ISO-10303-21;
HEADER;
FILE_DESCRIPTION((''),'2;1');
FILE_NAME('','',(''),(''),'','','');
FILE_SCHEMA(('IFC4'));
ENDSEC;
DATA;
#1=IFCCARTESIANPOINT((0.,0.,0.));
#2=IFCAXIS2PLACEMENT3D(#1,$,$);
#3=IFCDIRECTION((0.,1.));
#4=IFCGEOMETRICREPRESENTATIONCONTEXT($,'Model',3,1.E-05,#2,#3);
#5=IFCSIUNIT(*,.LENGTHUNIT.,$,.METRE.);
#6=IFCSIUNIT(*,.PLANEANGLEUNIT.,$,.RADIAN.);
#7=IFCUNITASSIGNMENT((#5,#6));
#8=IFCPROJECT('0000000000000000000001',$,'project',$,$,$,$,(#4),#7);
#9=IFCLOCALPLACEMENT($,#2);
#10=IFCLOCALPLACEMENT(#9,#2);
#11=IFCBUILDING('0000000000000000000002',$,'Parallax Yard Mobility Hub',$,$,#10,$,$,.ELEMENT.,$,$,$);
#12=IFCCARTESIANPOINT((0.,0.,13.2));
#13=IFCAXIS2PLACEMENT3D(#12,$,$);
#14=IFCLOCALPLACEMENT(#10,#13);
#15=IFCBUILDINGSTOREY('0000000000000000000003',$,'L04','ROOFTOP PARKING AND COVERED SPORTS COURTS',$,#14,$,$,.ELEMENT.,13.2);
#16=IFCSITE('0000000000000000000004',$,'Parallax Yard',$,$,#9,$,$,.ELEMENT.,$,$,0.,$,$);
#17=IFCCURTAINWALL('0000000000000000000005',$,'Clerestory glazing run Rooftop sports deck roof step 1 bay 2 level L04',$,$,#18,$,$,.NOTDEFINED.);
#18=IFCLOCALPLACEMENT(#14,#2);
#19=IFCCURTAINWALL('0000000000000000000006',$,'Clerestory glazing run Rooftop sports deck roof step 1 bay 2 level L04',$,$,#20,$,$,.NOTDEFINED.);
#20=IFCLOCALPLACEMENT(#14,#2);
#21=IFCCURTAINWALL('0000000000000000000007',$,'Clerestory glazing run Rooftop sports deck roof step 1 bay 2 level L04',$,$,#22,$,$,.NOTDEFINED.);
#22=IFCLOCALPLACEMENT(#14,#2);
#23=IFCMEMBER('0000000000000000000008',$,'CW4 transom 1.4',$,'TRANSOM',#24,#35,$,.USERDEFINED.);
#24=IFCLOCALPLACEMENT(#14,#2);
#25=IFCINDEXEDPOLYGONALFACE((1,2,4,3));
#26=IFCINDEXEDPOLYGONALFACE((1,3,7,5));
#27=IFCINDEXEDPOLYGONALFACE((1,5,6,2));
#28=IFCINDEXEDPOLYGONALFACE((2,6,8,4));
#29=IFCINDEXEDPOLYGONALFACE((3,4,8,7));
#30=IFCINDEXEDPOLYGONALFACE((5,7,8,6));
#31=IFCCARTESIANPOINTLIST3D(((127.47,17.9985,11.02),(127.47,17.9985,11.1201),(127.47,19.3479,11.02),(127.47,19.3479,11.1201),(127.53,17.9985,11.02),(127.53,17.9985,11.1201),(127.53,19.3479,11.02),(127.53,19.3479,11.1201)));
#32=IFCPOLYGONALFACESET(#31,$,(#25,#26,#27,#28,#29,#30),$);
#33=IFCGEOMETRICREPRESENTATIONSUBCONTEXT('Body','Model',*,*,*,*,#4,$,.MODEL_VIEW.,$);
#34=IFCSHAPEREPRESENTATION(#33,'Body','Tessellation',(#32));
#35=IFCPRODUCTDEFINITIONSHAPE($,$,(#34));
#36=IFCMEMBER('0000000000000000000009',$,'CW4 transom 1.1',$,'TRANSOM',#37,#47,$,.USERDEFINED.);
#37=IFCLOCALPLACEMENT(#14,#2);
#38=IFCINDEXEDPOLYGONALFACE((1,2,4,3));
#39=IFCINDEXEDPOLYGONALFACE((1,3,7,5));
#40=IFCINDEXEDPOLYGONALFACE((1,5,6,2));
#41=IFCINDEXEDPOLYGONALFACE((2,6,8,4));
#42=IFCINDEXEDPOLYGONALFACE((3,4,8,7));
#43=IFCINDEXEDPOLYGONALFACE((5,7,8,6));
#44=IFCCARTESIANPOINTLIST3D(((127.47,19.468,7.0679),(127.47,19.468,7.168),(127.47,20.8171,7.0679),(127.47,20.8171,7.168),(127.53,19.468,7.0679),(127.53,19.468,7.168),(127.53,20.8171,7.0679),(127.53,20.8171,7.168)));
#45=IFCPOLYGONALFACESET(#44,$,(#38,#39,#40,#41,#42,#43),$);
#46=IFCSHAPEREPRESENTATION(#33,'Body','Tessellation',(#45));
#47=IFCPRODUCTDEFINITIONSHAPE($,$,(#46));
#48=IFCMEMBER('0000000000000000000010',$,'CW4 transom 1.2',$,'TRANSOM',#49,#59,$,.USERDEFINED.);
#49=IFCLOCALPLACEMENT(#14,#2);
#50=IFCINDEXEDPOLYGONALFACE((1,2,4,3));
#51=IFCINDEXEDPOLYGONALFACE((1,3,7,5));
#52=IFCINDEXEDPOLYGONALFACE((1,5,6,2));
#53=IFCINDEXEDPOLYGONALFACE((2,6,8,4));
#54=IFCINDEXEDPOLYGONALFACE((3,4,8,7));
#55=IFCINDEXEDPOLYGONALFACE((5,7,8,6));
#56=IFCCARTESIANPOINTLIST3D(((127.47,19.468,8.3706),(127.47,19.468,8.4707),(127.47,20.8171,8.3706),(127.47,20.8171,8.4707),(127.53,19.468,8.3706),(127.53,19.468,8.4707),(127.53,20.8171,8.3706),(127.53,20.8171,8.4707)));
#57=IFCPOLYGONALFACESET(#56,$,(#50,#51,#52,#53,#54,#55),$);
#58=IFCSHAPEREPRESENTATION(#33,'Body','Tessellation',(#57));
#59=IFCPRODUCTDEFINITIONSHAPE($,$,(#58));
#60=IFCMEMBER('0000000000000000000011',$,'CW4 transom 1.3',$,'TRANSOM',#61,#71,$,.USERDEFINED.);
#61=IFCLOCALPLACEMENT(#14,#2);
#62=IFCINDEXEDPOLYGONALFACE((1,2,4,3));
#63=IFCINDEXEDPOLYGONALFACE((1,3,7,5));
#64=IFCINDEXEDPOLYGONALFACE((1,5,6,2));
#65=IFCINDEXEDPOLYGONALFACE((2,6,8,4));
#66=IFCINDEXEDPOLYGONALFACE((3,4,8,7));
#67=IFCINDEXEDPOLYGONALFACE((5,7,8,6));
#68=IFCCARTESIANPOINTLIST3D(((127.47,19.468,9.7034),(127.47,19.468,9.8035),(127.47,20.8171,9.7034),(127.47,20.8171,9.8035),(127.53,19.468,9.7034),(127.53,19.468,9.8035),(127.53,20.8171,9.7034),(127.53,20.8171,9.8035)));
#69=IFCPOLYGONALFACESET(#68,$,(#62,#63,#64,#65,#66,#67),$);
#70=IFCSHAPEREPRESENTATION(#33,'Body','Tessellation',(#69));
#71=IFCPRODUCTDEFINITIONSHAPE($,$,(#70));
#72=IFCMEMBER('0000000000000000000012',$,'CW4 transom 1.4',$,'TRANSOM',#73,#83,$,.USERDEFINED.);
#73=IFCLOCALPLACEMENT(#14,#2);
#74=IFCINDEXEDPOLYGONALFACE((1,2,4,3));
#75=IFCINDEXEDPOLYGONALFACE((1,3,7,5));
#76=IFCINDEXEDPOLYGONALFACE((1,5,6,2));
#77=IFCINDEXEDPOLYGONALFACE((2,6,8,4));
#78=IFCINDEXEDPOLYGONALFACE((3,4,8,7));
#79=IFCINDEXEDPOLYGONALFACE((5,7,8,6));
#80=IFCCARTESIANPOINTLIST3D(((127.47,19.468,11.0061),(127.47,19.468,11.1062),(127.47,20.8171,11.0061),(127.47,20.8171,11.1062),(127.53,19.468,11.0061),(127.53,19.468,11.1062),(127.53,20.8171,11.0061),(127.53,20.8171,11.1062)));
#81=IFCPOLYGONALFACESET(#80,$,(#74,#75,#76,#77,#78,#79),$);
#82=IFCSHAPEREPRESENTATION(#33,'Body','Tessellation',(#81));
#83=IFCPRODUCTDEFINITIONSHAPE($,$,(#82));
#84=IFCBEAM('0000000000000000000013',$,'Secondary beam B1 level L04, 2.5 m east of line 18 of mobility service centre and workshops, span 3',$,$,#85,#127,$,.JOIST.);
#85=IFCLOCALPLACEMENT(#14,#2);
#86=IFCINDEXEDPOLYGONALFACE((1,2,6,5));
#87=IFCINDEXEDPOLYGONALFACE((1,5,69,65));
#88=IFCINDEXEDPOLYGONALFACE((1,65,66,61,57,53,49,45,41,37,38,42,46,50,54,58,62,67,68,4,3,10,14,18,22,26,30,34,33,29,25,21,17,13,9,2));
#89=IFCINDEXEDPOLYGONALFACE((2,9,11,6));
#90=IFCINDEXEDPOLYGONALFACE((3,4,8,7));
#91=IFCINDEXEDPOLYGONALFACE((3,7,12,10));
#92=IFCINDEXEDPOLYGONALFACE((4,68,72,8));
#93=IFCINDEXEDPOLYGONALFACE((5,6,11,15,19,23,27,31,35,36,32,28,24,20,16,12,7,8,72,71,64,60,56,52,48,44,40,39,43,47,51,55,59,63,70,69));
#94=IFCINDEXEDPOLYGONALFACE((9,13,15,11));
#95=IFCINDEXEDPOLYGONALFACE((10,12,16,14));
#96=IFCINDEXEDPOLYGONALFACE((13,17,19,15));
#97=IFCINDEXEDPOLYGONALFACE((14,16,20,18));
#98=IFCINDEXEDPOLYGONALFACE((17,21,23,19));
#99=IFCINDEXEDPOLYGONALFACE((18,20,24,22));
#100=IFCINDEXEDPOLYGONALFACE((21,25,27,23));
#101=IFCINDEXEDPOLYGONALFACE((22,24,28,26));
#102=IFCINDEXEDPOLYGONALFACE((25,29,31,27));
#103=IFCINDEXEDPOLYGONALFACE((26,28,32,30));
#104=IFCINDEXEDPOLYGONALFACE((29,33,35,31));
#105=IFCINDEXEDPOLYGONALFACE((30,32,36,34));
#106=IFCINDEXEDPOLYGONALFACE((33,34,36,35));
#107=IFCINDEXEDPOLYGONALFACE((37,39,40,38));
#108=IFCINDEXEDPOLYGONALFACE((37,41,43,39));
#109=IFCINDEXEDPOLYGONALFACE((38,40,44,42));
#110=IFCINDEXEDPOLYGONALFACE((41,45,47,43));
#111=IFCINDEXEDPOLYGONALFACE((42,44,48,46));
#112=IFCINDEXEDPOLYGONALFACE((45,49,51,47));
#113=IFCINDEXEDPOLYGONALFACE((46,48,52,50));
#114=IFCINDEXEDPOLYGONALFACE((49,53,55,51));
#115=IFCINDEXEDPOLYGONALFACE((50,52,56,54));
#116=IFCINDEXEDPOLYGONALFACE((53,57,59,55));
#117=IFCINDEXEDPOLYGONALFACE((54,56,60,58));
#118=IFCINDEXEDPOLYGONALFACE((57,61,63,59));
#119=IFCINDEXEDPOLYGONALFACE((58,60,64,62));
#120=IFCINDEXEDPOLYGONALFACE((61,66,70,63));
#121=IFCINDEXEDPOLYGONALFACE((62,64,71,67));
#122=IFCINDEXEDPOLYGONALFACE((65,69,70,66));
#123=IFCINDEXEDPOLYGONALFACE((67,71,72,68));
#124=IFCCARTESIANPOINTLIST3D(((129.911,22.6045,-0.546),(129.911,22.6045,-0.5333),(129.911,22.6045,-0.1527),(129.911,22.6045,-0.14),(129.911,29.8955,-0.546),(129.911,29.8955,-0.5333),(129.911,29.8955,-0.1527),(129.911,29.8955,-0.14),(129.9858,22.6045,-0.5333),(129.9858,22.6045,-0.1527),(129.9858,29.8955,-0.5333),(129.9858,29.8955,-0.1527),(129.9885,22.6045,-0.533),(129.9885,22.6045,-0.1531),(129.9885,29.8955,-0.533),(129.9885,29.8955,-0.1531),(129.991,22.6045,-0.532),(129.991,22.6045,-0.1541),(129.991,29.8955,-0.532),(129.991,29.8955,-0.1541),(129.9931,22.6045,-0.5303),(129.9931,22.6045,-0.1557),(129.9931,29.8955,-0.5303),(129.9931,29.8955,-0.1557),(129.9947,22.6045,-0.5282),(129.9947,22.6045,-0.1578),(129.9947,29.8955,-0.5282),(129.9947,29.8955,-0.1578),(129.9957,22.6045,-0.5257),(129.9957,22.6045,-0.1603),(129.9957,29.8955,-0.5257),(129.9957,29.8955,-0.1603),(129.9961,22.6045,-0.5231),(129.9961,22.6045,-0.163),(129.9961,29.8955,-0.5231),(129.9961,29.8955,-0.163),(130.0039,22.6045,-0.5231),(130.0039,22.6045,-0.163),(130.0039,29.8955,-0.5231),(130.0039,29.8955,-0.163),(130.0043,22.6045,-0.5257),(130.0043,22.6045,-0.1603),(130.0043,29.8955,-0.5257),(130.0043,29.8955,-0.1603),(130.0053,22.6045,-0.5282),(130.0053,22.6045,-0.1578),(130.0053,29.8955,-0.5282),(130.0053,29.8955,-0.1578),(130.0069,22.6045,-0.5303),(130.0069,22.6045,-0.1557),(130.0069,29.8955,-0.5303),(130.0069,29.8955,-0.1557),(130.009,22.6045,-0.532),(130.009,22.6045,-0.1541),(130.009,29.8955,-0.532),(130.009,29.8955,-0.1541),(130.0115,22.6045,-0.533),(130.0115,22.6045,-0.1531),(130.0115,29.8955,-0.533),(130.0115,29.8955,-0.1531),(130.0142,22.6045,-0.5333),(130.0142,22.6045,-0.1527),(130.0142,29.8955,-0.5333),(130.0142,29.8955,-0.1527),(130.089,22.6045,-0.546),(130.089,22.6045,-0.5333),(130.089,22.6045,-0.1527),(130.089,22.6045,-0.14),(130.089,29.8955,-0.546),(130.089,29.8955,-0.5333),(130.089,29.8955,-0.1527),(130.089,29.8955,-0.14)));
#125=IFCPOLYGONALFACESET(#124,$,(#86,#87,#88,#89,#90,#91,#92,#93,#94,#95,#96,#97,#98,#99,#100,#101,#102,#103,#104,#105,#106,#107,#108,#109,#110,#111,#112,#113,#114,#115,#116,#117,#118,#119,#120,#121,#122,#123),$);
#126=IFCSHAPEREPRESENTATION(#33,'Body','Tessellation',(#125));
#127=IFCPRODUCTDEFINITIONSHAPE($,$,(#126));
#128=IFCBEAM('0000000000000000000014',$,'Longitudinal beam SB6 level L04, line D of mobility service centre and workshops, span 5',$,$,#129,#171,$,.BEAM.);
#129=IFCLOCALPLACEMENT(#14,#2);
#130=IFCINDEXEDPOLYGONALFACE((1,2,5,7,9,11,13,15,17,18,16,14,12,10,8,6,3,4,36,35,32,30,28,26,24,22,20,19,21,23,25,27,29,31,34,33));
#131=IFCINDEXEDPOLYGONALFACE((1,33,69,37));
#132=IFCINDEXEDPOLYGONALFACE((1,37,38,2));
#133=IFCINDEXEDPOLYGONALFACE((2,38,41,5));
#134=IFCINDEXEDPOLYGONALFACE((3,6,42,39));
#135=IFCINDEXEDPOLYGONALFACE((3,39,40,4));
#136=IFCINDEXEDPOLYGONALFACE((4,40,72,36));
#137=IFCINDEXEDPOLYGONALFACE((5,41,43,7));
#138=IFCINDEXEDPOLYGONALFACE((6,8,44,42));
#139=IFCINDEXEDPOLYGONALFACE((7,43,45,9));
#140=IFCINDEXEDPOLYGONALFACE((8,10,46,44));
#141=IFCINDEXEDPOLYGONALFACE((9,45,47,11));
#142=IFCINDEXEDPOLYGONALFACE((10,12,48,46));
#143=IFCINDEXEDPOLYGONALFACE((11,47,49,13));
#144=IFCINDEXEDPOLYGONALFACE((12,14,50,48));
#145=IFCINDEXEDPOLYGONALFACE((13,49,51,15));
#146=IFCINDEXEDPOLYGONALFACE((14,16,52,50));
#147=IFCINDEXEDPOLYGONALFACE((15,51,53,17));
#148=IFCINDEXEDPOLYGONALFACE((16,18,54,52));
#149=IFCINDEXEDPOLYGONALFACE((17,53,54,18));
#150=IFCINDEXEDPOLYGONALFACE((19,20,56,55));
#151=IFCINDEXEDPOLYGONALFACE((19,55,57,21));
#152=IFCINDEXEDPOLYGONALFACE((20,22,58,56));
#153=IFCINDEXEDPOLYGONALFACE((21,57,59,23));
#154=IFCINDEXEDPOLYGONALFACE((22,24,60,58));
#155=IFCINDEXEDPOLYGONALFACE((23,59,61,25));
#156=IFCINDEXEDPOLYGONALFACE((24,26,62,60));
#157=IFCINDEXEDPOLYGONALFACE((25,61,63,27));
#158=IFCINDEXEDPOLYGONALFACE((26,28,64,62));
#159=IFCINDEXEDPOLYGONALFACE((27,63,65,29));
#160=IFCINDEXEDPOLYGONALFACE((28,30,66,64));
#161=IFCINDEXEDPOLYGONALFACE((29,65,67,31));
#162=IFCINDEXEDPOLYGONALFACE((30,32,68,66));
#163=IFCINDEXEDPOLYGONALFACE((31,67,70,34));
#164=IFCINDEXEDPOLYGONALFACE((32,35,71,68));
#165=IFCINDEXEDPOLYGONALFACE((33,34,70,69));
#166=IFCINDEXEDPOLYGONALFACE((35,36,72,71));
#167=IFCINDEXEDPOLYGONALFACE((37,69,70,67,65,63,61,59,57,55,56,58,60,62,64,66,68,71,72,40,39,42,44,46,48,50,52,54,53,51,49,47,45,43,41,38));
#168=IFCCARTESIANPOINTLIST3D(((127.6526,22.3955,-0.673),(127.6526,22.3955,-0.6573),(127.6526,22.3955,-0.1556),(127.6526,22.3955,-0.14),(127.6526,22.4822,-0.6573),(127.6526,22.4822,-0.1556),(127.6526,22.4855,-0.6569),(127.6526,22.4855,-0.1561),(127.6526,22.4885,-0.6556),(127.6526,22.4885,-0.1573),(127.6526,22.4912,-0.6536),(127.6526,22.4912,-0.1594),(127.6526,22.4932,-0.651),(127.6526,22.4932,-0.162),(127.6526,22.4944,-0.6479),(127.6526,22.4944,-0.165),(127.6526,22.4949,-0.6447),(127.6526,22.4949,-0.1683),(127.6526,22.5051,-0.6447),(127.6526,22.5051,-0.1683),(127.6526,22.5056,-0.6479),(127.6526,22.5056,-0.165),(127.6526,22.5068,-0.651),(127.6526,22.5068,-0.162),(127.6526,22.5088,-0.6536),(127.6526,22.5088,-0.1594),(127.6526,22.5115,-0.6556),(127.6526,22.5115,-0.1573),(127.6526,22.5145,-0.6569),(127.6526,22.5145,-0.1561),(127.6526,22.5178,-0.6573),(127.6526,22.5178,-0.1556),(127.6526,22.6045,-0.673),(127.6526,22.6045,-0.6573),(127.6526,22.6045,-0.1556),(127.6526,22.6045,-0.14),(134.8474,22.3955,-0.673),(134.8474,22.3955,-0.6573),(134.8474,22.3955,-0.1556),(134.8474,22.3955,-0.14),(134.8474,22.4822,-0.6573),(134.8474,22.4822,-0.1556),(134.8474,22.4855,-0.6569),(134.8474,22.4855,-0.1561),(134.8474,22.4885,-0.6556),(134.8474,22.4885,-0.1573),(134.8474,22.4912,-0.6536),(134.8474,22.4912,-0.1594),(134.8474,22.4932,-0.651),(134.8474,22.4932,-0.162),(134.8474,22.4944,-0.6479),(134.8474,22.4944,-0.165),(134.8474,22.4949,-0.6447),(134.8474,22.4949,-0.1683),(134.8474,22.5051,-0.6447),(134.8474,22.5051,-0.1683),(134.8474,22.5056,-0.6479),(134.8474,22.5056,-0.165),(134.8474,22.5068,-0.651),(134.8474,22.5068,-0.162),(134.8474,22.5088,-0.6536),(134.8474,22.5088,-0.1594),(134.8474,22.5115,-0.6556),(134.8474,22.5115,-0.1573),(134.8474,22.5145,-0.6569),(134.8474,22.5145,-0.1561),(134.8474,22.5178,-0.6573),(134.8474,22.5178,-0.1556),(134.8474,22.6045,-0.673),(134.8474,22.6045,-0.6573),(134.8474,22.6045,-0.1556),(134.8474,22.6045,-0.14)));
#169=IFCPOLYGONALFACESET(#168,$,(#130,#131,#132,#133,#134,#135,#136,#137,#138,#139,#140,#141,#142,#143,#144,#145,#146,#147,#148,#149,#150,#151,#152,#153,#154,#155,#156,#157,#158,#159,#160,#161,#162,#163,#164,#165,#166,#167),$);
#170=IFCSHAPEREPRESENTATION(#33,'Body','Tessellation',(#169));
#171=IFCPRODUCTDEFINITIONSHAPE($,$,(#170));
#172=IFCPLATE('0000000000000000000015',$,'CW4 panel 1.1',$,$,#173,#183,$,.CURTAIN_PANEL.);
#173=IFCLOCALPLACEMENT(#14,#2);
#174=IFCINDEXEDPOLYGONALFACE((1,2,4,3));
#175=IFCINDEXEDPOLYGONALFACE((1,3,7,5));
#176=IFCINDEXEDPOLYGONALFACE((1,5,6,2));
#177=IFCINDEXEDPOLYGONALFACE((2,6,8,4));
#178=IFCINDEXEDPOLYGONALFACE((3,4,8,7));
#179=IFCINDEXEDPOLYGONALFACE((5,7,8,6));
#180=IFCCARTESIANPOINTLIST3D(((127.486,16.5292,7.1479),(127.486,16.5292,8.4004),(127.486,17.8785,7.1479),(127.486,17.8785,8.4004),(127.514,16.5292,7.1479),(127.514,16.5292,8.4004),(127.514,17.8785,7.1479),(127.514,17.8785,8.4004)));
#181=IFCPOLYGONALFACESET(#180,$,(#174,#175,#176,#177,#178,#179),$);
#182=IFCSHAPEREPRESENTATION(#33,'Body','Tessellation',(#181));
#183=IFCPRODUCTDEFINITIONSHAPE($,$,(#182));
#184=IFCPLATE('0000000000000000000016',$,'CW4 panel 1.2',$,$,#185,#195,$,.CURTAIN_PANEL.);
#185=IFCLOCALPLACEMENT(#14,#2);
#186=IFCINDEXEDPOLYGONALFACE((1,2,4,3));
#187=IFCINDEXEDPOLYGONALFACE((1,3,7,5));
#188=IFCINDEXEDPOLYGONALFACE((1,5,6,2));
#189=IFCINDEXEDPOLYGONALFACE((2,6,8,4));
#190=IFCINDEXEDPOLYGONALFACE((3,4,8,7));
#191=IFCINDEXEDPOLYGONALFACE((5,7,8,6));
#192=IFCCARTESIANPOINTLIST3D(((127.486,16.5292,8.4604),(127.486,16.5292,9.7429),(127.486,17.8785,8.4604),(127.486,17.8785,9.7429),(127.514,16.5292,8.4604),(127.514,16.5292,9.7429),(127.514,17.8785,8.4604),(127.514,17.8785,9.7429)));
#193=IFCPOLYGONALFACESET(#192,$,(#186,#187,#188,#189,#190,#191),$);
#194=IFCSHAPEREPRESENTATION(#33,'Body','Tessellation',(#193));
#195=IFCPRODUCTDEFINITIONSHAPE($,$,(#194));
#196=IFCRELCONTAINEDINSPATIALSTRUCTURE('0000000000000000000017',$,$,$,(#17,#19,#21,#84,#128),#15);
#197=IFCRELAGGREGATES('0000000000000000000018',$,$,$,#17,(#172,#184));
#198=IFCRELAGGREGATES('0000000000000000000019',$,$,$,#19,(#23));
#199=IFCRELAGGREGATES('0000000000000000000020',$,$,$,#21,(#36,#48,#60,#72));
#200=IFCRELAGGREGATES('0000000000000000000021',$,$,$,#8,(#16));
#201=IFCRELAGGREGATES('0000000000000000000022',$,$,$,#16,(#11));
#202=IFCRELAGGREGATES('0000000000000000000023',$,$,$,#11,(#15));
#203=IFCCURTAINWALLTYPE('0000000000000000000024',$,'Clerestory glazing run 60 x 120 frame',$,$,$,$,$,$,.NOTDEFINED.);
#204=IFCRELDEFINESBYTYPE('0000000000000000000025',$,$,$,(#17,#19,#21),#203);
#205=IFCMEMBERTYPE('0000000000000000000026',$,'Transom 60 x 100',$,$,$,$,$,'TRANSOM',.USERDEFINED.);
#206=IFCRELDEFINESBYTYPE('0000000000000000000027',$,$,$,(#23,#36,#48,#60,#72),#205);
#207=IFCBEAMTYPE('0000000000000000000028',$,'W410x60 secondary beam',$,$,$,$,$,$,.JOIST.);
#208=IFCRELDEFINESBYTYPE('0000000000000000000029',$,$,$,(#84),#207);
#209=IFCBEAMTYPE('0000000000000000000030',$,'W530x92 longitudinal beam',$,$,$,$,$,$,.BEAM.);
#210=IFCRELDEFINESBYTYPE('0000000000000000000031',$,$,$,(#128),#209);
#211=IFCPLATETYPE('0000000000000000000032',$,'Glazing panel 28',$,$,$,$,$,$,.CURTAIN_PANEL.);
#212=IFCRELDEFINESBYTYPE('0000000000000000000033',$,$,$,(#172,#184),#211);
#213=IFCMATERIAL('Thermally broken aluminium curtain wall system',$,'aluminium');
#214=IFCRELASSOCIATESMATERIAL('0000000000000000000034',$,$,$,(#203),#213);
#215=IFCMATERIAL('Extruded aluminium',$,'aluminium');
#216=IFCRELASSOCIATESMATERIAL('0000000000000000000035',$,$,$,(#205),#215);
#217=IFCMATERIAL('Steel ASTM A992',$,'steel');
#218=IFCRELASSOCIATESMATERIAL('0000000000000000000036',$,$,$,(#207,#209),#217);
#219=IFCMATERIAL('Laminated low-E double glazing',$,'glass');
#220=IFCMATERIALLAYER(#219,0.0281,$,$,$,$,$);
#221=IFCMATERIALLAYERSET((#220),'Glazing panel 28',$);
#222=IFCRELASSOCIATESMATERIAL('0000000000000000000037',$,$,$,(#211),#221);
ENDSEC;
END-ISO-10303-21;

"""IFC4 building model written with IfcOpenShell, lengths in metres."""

from ifc_helpers import new_model, si_unit, direction, frame, origin, origin_2d, place, context, subcontext, project, spatial, rectangle, i_section, extrude, material, layer, layer_set, material_profile, profile_set, type_object, element, aggregate, save


model = new_model("IFC4")

# Units and contexts
model_context = context("Model", 3, precision=1e-05, world=origin(), true_north=direction((0.0, 1.0)))
body_context = subcontext(model_context, "Body", "Model", "MODEL_VIEW")
ifc_project = project(units=[si_unit("LENGTHUNIT", "METRE"), si_unit("PLANEANGLEUNIT", "RADIAN")], contexts=[model_context])

# Site, building, storey
site_placement = place(None, origin())
site = spatial("IfcSite", under=ifc_project, at=site_placement, Name="Parallax Yard", CompositionType="ELEMENT", RefElevation=0.0)
building_placement = place(site_placement, origin())
building = spatial("IfcBuilding", under=site, at=building_placement, Name="Parallax Yard Mobility Hub", CompositionType="ELEMENT")
storey_placement = place(building_placement, frame((0.0, 0.0, 13.2)))
storey = spatial("IfcBuildingStorey", under=building, at=storey_placement, Name="L04", Description="ROOFTOP PARKING AND COVERED SPORTS COURTS", CompositionType="ELEMENT", Elevation=13.2)

# Curtain walls
ifc_material_1 = material(Name="Thermally broken aluminium curtain wall system", Category="aluminium")
curtain_wall_type = type_object("IfcCurtainWallType", Name="Clerestory glazing run 60 x 120 frame", PredefinedType="NOTDEFINED", material=ifc_material_1)
curtain_wall_1_placement = place(storey_placement, origin())
curtain_wall_1 = element("IfcCurtainWall", 1, at=curtain_wall_1_placement, inside=storey, type_object=curtain_wall_type, Name="Clerestory glazing run Rooftop sports deck roof step 1 bay 2 level L04", PredefinedType="NOTDEFINED")
ifc_material_2 = material(Name="Extruded aluminium", Category="aluminium")
curtain_wall_2_placement = place(storey_placement, origin())
curtain_wall_2 = element("IfcCurtainWall", 2, at=curtain_wall_2_placement, inside=storey, type_object=curtain_wall_type, Name="Clerestory glazing run Rooftop sports deck roof step 1 bay 2 level L04", PredefinedType="NOTDEFINED")
curtain_wall_3_placement = place(storey_placement, origin())
curtain_wall_3 = element("IfcCurtainWall", 3, at=curtain_wall_3_placement, inside=storey, type_object=curtain_wall_type, Name="Clerestory glazing run Rooftop sports deck roof step 1 bay 2 level L04", PredefinedType="NOTDEFINED")

# Members
ifc_material_3 = material(Name="Steel ASTM A992", Category="steel")
ifc_material_profile_1 = material_profile(ifc_material_2, rectangle(XDim=0.0601, YDim=0.1001, at=origin_2d()), Name="Transom 60 x 100")
ifc_profile_set_1 = profile_set([ifc_material_profile_1], Name="Extruded aluminium")
member_type_1 = type_object("IfcMemberType", Name="Transom 60 x 100", ElementType="TRANSOM", PredefinedType="USERDEFINED", material=ifc_profile_set_1)
member_1_placement = place(storey_placement, frame((127.5, 17.9985, 11.0701), z_axis=(0.0, 1.0, 0.0), x_axis=(-1.0, 0.0, 0.0)))
member_1 = element("IfcMember", 4, at=member_1_placement, type_object=member_type_1, Name="CW4 transom 1.4", ObjectType="TRANSOM", PredefinedType="USERDEFINED", context=body_context, shape_type="SweptSolid", body=[
    extrude(rectangle(XDim=0.0601, YDim=0.1001, at=origin_2d()), origin(), (0.0, 0.0, 1.0), 1.3494),
])
member_2_placement = place(storey_placement, frame((127.5, 19.468, 7.1179), z_axis=(0.0, 1.0, 0.0), x_axis=(-1.0, 0.0, 0.0)))
member_2 = element("IfcMember", 5, at=member_2_placement, type_object=member_type_1, Name="CW4 transom 1.1", ObjectType="TRANSOM", PredefinedType="USERDEFINED", context=body_context, shape_type="SweptSolid", body=[
    extrude(rectangle(XDim=0.0601, YDim=0.1001, at=origin_2d()), origin(), (0.0, 0.0, 1.0), 1.3491),
])
member_3_placement = place(storey_placement, frame((127.5, 19.468, 8.4207), z_axis=(0.0, 1.0, 0.0), x_axis=(-1.0, 0.0, 0.0)))
member_3 = element("IfcMember", 6, at=member_3_placement, type_object=member_type_1, Name="CW4 transom 1.2", ObjectType="TRANSOM", PredefinedType="USERDEFINED", context=body_context, shape_type="SweptSolid", body=[
    extrude(rectangle(XDim=0.0601, YDim=0.1001, at=origin_2d()), origin(), (0.0, 0.0, 1.0), 1.3491),
])
member_4_placement = place(storey_placement, frame((127.5, 19.468, 9.7534), z_axis=(0.0, 1.0, 0.0), x_axis=(-1.0, 0.0, 0.0)))
member_4 = element("IfcMember", 7, at=member_4_placement, type_object=member_type_1, Name="CW4 transom 1.3", ObjectType="TRANSOM", PredefinedType="USERDEFINED", context=body_context, shape_type="SweptSolid", body=[
    extrude(rectangle(XDim=0.0601, YDim=0.1001, at=origin_2d()), origin(), (0.0, 0.0, 1.0), 1.3491),
])
member_5_placement = place(storey_placement, frame((127.5, 19.468, 11.0562), z_axis=(0.0, 1.0, 0.0), x_axis=(-1.0, 0.0, 0.0)))
member_5 = element("IfcMember", 8, at=member_5_placement, type_object=member_type_1, Name="CW4 transom 1.4", ObjectType="TRANSOM", PredefinedType="USERDEFINED", context=body_context, shape_type="SweptSolid", body=[
    extrude(rectangle(XDim=0.0601, YDim=0.1001, at=origin_2d()), origin(), (0.0, 0.0, 1.0), 1.3491),
])

# Beams
ifc_material_profile_2 = material_profile(ifc_material_3, i_section(OverallWidth=0.178, OverallDepth=0.406, WebThickness=0.0078, FlangeThickness=0.0127, FilletRadius=0.0103, at=origin_2d()), Name="W410x60")
ifc_profile_set_2 = profile_set([ifc_material_profile_2], Name="Steel ASTM A992")
beam_type_1 = type_object("IfcBeamType", Name="W410x60 secondary beam", PredefinedType="JOIST", material=ifc_profile_set_2)
beam_1_placement = place(storey_placement, frame((130.0, 22.6045, -0.343), z_axis=(0.0, 1.0, 0.0), x_axis=(-1.0, 0.0, 0.0)))
element("IfcBeam", 9, at=beam_1_placement, inside=storey, type_object=beam_type_1, Name="Secondary beam B1 level L04, 2.5 m east of line 18 of mobility service centre and workshops, span 3", PredefinedType="JOIST", context=body_context, shape_type="SweptSolid", body=[
    extrude(i_section(OverallWidth=0.178, OverallDepth=0.406, WebThickness=0.0078, FlangeThickness=0.0127, FilletRadius=0.0103, at=origin_2d()), origin(), (0.0, 0.0, 1.0), 7.291),
])
ifc_material_profile_3 = material_profile(ifc_material_3, i_section(OverallWidth=0.209, OverallDepth=0.533, WebThickness=0.0103, FlangeThickness=0.0156, FilletRadius=0.0127, at=origin_2d()), Name="W530x92")
ifc_profile_set_3 = profile_set([ifc_material_profile_3], Name="Steel ASTM A992")
beam_type_2 = type_object("IfcBeamType", Name="W530x92 longitudinal beam", PredefinedType="BEAM", material=ifc_profile_set_3)
beam_2_placement = place(storey_placement, frame((127.6526, 22.5, -0.4065), z_axis=(1.0, 0.0, 0.0), x_axis=(0.0, 1.0, 0.0)))
element("IfcBeam", 10, at=beam_2_placement, inside=storey, type_object=beam_type_2, Name="Longitudinal beam SB6 level L04, line D of mobility service centre and workshops, span 5", PredefinedType="BEAM", context=body_context, shape_type="SweptSolid", body=[
    extrude(i_section(OverallWidth=0.209, OverallDepth=0.533, WebThickness=0.0103, FlangeThickness=0.0156, FilletRadius=0.0127, at=origin_2d()), origin(), (0.0, 0.0, 1.0), 7.1948),
])

# Plates
ifc_material_4 = material(Name="Laminated low-E double glazing", Category="glass")
ifc_layer_1 = layer(ifc_material_4, 0.0281)
ifc_layer_set_1 = layer_set([ifc_layer_1], Name="Glazing panel 28")
plate_type = type_object("IfcPlateType", Name="Glazing panel 28", PredefinedType="CURTAIN_PANEL", material=ifc_layer_set_1)
plate_1_placement = place(storey_placement, frame((127.5, 17.2039, 7.1479), z_axis=(0.0, 0.0, 1.0), x_axis=(0.0, 1.0, 0.0)))
plate_1 = element("IfcPlate", 11, at=plate_1_placement, type_object=plate_type, Name="CW4 panel 1.1", PredefinedType="CURTAIN_PANEL", context=body_context, shape_type="SweptSolid", body=[
    extrude(rectangle(XDim=1.3494, YDim=0.0281, at=origin_2d()), origin(), (0.0, 0.0, 1.0), 1.2524),
])
plate_2_placement = place(storey_placement, frame((127.5, 17.2039, 8.4604), z_axis=(0.0, 0.0, 1.0), x_axis=(0.0, 1.0, 0.0)))
plate_2 = element("IfcPlate", 12, at=plate_2_placement, type_object=plate_type, Name="CW4 panel 1.2", PredefinedType="CURTAIN_PANEL", context=body_context, shape_type="SweptSolid", body=[
    extrude(rectangle(XDim=1.3494, YDim=0.0281, at=origin_2d()), origin(), (0.0, 0.0, 1.0), 1.2825),
])
aggregate(curtain_wall_1, [plate_1, plate_2])
aggregate(curtain_wall_2, [member_1])
aggregate(curtain_wall_3, [member_2, member_3, member_4, member_5])

save(model, "model.ifc")
